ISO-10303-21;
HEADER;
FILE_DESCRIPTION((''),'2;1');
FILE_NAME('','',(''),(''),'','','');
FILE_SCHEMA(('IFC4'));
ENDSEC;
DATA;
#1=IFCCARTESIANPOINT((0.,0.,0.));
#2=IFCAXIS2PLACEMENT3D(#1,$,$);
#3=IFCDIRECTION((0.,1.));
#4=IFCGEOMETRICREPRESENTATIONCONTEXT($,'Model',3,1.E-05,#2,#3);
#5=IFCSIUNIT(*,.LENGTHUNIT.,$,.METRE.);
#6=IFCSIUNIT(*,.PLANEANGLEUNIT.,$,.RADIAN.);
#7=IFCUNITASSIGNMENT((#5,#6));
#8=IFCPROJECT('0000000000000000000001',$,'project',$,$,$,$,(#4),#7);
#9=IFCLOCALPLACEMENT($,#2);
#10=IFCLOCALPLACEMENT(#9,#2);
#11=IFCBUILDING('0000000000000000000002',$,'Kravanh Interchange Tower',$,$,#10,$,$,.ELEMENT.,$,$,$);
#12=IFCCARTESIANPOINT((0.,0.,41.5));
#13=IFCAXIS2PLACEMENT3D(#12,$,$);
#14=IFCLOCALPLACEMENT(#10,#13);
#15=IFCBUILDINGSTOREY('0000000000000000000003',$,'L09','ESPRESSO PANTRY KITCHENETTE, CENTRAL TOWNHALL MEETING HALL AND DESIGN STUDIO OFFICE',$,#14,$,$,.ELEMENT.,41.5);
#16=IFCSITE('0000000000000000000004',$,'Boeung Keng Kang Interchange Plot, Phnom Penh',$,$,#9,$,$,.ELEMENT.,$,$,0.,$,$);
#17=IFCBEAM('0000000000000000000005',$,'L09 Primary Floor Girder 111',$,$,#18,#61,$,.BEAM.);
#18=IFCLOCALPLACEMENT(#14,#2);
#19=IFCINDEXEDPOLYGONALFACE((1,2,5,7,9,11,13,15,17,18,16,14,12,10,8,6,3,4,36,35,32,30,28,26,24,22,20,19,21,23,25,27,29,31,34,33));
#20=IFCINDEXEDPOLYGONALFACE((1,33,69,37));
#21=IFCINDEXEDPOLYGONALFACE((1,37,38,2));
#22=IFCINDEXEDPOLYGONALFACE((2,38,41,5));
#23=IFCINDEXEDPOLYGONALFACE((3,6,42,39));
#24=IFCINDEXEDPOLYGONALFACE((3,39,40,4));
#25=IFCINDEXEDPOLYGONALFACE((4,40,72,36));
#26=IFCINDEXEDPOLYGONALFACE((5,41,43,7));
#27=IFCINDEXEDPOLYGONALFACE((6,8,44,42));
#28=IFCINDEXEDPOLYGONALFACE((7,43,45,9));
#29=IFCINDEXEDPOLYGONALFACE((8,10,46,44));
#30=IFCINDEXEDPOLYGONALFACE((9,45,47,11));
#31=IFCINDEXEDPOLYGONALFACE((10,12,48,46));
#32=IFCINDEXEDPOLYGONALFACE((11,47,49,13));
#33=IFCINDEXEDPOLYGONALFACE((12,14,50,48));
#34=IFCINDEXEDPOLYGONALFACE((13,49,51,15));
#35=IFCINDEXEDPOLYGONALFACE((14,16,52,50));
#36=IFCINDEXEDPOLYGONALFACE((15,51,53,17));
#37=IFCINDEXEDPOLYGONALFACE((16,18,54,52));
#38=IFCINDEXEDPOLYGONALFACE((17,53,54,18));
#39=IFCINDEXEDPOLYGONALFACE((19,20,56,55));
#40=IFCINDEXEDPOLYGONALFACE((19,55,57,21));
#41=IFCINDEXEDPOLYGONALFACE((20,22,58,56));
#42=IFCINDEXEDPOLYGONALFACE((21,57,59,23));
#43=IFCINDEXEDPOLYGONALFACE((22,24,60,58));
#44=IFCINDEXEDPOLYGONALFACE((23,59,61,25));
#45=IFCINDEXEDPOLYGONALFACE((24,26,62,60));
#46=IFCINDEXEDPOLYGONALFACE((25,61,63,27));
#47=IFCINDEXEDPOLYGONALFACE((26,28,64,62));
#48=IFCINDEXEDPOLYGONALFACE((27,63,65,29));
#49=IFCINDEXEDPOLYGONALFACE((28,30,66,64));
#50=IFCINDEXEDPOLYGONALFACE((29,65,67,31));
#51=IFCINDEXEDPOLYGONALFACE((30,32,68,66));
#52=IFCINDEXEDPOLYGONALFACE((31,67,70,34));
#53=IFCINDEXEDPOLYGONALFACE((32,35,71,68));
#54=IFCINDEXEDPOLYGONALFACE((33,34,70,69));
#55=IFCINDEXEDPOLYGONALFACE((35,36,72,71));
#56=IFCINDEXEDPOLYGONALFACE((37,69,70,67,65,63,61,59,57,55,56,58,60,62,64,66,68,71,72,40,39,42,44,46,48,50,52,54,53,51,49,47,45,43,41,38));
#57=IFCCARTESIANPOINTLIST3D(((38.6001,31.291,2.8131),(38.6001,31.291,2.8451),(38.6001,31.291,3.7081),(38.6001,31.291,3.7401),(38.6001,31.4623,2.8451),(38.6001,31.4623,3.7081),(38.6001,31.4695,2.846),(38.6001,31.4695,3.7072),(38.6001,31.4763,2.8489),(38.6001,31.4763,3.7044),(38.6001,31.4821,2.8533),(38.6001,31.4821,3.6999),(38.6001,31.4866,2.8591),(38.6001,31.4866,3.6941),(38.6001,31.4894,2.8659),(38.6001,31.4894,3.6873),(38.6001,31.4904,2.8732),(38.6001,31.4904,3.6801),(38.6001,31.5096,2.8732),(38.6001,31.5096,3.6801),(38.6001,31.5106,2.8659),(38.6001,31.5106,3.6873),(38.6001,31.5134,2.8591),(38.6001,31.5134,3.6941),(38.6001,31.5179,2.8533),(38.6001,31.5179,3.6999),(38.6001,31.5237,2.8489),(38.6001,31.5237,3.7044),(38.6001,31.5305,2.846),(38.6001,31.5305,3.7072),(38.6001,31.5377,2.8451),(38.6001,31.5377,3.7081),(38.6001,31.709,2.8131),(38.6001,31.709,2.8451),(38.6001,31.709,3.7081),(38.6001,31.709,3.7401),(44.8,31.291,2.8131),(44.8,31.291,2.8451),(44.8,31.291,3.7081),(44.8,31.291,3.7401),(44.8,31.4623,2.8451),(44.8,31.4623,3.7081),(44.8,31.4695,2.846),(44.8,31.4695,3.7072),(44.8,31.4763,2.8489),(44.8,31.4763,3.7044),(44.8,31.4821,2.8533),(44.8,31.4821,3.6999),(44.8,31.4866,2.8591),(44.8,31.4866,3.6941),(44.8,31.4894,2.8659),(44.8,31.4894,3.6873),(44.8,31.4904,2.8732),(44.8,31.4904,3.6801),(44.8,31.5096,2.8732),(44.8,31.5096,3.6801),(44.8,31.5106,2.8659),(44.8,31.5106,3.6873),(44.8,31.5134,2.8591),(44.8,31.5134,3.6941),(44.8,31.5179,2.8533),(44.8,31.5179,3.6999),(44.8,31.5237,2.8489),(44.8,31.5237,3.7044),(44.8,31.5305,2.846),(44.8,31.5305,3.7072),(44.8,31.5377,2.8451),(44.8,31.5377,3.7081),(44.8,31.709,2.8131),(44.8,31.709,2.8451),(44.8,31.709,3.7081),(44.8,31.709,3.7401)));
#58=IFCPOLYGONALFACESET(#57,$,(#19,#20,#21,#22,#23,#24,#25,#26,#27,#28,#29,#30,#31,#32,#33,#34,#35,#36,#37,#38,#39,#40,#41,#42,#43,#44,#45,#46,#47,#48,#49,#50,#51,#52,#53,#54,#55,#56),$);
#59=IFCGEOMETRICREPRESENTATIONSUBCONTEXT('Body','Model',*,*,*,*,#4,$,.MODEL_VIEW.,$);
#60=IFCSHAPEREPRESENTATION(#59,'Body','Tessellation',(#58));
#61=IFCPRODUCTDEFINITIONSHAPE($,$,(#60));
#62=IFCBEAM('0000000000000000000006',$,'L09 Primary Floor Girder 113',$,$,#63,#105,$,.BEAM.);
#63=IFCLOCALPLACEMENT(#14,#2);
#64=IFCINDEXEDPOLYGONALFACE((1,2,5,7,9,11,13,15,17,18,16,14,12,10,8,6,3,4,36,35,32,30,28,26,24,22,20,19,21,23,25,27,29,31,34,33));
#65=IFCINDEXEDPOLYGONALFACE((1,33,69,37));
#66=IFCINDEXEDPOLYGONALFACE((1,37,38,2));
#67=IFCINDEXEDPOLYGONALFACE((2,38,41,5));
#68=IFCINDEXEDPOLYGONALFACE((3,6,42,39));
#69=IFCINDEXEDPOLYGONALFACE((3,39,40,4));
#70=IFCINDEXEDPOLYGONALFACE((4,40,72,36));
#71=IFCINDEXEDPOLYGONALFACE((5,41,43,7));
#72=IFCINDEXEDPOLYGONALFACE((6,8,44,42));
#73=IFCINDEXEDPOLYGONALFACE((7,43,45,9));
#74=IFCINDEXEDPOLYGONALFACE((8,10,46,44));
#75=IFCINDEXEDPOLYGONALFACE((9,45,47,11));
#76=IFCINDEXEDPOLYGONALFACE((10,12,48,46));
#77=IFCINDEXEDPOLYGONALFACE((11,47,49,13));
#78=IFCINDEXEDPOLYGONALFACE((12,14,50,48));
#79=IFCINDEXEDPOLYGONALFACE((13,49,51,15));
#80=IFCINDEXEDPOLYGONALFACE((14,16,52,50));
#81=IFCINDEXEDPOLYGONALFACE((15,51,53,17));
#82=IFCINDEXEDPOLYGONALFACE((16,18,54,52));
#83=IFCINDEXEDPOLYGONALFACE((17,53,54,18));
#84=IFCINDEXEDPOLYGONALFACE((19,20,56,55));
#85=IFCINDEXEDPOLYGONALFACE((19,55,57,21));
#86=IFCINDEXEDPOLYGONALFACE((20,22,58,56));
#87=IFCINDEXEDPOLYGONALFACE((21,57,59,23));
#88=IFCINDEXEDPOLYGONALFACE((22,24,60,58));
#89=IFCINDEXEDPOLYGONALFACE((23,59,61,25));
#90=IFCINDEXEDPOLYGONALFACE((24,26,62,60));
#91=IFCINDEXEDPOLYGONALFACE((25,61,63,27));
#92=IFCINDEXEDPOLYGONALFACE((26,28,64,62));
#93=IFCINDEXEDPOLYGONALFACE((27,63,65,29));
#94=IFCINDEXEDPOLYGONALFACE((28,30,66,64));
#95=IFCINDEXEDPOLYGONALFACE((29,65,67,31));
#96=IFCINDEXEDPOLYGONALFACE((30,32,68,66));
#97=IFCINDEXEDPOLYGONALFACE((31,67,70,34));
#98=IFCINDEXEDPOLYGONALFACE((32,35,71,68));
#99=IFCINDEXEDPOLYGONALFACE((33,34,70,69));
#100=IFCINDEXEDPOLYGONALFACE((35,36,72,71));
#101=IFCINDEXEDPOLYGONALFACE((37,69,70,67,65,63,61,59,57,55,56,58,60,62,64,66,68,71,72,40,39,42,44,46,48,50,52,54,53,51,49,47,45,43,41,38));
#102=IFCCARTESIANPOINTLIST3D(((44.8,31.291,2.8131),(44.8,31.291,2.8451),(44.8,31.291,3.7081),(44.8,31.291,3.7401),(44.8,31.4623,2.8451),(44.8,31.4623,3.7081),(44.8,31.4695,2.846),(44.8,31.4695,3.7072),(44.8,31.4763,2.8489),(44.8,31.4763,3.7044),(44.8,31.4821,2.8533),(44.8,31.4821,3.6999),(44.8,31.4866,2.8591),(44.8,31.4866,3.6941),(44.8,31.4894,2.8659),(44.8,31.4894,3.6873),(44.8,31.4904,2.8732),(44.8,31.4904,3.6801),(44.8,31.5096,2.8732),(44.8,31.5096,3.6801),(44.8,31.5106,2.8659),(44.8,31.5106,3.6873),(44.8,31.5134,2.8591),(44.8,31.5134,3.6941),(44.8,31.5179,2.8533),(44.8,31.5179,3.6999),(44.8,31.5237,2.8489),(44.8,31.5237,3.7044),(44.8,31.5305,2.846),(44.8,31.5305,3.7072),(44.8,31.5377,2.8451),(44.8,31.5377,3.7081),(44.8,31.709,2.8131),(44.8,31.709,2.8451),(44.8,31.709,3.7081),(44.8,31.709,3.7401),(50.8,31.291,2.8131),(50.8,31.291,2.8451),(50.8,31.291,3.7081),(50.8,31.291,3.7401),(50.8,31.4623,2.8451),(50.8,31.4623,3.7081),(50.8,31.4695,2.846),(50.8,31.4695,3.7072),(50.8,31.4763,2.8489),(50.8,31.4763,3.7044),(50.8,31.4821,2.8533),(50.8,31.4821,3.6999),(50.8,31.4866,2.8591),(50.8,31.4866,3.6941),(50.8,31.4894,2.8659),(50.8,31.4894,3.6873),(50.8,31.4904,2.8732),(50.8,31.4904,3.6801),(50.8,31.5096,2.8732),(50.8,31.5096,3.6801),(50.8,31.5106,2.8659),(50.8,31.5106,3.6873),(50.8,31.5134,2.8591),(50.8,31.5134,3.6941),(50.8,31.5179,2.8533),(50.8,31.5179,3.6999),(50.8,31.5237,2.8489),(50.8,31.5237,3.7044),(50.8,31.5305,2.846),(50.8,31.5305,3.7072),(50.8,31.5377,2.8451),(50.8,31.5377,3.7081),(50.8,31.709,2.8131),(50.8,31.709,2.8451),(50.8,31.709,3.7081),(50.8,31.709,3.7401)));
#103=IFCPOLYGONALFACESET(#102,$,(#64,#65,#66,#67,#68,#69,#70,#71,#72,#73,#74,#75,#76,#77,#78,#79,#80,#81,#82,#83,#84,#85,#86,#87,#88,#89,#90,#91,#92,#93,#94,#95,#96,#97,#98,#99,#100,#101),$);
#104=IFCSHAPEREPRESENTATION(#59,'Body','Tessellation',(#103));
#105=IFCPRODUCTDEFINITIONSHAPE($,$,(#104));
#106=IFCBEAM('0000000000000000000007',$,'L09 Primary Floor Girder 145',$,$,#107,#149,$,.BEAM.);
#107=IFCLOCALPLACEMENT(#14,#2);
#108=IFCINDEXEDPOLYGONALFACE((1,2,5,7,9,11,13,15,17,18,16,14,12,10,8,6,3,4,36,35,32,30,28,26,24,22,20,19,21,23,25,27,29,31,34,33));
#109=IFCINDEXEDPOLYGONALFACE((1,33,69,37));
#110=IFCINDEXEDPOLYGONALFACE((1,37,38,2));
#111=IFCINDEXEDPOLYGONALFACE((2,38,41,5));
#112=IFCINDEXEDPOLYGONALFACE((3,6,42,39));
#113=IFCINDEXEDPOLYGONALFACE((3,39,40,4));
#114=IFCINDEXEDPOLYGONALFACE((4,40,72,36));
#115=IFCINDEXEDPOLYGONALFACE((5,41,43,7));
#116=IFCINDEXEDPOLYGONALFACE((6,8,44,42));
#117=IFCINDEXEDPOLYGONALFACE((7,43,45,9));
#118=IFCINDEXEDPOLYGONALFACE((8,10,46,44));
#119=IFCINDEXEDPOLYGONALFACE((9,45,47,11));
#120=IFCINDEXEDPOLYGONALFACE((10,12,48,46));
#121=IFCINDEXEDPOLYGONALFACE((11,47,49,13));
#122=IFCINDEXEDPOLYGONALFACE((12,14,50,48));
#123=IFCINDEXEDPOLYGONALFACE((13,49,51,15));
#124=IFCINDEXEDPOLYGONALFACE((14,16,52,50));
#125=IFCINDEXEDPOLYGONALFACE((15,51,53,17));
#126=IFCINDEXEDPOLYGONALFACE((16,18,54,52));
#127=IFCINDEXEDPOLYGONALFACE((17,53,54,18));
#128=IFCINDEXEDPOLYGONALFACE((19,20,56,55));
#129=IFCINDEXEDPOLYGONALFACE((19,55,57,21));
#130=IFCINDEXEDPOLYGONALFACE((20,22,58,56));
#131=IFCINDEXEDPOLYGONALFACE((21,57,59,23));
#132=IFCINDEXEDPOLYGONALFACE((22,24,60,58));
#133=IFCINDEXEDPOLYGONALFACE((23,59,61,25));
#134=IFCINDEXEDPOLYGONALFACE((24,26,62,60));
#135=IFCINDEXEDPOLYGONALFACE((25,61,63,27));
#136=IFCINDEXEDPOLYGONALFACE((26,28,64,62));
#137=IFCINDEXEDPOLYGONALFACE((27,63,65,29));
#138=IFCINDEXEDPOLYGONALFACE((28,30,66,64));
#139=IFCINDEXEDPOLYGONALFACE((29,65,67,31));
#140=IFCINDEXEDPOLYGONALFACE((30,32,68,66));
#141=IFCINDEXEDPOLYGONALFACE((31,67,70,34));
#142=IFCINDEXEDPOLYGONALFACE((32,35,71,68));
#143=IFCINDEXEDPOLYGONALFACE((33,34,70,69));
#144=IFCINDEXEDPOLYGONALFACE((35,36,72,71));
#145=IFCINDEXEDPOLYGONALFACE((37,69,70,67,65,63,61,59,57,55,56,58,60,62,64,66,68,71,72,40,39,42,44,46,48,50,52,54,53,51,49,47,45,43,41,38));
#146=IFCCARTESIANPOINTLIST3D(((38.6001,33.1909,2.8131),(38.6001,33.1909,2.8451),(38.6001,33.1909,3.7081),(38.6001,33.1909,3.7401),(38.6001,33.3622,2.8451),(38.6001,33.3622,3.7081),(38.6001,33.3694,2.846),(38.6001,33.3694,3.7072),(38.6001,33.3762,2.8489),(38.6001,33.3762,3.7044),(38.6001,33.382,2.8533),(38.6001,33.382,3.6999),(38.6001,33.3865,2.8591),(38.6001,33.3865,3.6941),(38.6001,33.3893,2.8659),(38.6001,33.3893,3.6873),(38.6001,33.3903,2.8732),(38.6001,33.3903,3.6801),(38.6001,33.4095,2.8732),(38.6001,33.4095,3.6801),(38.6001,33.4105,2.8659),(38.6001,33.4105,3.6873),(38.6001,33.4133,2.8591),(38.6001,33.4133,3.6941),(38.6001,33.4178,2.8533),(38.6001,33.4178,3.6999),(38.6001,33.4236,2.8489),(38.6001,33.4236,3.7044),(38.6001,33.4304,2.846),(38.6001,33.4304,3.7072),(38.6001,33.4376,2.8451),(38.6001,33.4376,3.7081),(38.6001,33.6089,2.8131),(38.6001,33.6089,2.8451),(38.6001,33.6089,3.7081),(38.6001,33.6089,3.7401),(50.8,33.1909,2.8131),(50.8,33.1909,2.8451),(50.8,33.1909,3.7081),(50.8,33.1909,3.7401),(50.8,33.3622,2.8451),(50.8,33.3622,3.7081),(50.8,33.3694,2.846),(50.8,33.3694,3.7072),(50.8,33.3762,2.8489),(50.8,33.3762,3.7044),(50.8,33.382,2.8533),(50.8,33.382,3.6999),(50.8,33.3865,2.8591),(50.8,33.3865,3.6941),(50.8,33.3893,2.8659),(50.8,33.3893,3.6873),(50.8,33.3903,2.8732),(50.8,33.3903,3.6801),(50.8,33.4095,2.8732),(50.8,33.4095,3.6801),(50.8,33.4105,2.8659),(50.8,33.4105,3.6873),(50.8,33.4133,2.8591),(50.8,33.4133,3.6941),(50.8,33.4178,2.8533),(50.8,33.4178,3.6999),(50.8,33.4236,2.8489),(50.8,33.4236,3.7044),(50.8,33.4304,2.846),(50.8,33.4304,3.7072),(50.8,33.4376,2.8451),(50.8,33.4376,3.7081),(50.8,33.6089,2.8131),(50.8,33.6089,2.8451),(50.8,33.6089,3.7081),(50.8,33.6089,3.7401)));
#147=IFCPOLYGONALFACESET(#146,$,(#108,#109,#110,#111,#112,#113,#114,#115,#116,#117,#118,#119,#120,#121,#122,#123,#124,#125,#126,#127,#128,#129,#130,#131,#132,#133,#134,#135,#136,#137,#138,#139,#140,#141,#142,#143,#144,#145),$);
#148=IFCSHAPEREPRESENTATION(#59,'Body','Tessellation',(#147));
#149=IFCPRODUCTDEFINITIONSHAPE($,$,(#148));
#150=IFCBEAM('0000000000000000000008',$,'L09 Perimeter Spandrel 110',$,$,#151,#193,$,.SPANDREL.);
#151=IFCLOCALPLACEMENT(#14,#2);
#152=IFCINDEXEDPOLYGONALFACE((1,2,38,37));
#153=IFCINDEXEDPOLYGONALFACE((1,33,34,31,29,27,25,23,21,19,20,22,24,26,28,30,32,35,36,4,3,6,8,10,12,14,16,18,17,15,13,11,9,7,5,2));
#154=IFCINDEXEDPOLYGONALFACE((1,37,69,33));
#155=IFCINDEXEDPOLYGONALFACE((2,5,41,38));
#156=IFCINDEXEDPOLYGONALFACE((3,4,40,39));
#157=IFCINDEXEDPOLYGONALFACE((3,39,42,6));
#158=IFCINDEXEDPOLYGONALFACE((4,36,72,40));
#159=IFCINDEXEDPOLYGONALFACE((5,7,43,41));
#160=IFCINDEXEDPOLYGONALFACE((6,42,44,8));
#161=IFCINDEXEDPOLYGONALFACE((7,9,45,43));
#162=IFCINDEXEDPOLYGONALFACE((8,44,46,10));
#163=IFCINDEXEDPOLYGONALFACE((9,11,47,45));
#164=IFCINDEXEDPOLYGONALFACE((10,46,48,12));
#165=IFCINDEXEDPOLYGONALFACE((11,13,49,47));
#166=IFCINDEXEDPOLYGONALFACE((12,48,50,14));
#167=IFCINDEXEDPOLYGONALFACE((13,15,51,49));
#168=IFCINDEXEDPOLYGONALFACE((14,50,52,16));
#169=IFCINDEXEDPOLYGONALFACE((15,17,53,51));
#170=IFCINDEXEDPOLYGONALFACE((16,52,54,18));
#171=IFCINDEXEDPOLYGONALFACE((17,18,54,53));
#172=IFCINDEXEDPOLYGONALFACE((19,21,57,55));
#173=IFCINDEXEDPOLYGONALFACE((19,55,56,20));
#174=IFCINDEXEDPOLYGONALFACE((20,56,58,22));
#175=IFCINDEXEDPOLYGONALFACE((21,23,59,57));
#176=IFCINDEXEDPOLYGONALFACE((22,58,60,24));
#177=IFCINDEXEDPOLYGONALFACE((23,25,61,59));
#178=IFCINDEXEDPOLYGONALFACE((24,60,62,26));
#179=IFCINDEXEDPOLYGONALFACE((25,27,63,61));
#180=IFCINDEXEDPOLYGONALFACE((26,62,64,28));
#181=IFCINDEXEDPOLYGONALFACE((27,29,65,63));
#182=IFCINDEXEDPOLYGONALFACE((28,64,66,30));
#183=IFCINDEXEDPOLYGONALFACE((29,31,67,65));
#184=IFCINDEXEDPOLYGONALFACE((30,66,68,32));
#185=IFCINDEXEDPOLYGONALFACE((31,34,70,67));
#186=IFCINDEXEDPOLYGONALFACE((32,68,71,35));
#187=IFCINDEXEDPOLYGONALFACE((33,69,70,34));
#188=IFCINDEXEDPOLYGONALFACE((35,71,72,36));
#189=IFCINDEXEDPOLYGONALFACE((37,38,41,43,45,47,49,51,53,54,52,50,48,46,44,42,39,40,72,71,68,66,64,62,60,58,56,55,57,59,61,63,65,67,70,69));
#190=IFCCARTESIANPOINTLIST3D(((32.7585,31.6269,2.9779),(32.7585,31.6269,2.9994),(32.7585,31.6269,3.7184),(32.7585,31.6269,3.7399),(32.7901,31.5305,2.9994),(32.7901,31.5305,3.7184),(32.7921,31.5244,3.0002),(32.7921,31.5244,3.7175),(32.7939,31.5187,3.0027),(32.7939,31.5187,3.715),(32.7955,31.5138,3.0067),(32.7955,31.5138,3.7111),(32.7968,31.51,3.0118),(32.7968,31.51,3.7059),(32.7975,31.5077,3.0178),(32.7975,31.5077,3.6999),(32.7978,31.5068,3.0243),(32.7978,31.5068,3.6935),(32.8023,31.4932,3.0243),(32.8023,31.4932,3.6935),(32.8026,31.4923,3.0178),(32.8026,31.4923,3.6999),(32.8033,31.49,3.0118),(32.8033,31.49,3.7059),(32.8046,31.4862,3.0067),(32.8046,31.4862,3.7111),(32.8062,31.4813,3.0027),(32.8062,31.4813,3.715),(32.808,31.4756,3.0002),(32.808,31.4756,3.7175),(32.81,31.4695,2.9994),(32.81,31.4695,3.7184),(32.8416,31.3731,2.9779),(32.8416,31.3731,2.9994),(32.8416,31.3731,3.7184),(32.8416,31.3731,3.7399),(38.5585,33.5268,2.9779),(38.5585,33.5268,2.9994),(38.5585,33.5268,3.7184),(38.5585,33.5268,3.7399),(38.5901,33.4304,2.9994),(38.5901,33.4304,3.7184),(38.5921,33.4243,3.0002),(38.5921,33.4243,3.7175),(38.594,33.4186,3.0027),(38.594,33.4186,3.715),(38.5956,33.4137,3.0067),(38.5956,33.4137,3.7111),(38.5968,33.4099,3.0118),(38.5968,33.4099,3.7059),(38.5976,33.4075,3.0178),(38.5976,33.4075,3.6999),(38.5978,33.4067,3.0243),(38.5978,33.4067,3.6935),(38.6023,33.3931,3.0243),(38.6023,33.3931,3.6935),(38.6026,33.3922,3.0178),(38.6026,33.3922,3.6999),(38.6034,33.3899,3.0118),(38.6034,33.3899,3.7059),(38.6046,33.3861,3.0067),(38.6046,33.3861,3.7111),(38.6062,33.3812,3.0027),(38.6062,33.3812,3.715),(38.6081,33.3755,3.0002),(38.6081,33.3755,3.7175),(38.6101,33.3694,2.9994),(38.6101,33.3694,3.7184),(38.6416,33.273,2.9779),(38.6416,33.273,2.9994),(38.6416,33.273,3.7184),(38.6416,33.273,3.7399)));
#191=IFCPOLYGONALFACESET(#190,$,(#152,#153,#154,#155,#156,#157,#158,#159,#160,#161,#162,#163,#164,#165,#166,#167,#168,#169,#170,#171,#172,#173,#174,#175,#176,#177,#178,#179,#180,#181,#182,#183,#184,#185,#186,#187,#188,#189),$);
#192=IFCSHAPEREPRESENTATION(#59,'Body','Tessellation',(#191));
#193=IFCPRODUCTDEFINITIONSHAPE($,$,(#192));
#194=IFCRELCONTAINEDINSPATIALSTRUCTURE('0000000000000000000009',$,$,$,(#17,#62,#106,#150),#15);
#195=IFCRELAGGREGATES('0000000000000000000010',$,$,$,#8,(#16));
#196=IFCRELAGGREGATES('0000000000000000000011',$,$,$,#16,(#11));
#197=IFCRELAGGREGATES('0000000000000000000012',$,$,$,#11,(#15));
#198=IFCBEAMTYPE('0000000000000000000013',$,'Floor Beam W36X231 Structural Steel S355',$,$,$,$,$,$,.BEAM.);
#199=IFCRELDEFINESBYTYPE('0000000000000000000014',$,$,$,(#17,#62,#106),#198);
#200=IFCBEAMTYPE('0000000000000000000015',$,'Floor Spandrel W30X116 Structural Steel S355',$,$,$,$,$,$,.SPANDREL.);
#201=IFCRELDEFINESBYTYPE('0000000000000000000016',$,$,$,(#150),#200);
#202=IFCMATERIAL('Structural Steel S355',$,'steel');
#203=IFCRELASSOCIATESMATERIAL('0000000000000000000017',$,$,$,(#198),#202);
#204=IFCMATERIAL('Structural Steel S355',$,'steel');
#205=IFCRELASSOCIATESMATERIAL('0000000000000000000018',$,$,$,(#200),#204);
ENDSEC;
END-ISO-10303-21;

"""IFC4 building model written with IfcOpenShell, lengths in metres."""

from ifc_helpers import new_model, si_unit, direction, frame, origin, origin_2d, place, context, subcontext, project, spatial, i_section, extrude, material, material_profile, profile_set, type_object, element, save


model = new_model("IFC4")

# Units and contexts
model_context = context("Model", 3, precision=1e-05, world=origin(), true_north=direction((0.0, 1.0)))
body_context = subcontext(model_context, "Body", "Model", "MODEL_VIEW")
ifc_project = project(units=[si_unit("LENGTHUNIT", "METRE"), si_unit("PLANEANGLEUNIT", "RADIAN")], contexts=[model_context])

# Site, building, storey
site_placement = place(None, origin())
site = spatial("IfcSite", under=ifc_project, at=site_placement, Name="Boeung Keng Kang Interchange Plot, Phnom Penh", CompositionType="ELEMENT", RefElevation=0.0)
building_placement = place(site_placement, origin())
building = spatial("IfcBuilding", under=site, at=building_placement, Name="Kravanh Interchange Tower", CompositionType="ELEMENT")
storey_placement = place(building_placement, frame((0.0, 0.0, 41.5)))
storey = spatial("IfcBuildingStorey", under=building, at=storey_placement, Name="L09", Description="ESPRESSO PANTRY KITCHENETTE, CENTRAL TOWNHALL MEETING HALL AND DESIGN STUDIO OFFICE", CompositionType="ELEMENT", Elevation=41.5)

# Beams
ifc_material_1 = material(Name="Structural Steel S355", Category="steel")
ifc_material_profile_1 = material_profile(ifc_material_1, i_section(OverallWidth=0.418, OverallDepth=0.927, WebThickness=0.0193, FlangeThickness=0.032, FilletRadius=0.0281, at=origin_2d()), Name="W36X231")
ifc_profile_set_1 = profile_set([ifc_material_profile_1], Name="Structural Steel S355")
beam_type_1 = type_object("IfcBeamType", Name="Floor Beam W36X231 Structural Steel S355", PredefinedType="BEAM", material=ifc_profile_set_1)
beam_1_placement = place(storey_placement, frame((38.6001, 31.5, 3.2766), z_axis=(1.0, 0.0, 0.0), x_axis=(0.0, 1.0, 0.0)))
element("IfcBeam", 1, at=beam_1_placement, inside=storey, type_object=beam_type_1, Name="L09 Primary Floor Girder 111", PredefinedType="BEAM", context=body_context, shape_type="SweptSolid", body=[
    extrude(i_section(OverallWidth=0.418, OverallDepth=0.927, WebThickness=0.0193, FlangeThickness=0.032, FilletRadius=0.0281, at=origin_2d()), origin(), (0.0, 0.0, 1.0), 6.2),
])
beam_2_placement = place(storey_placement, frame((44.8, 31.5, 3.2766), z_axis=(1.0, 0.0, 0.0), x_axis=(0.0, 1.0, 0.0)))
element("IfcBeam", 2, at=beam_2_placement, inside=storey, type_object=beam_type_1, Name="L09 Primary Floor Girder 113", PredefinedType="BEAM", context=body_context, shape_type="SweptSolid", body=[
    extrude(i_section(OverallWidth=0.418, OverallDepth=0.927, WebThickness=0.0193, FlangeThickness=0.032, FilletRadius=0.0281, at=origin_2d()), origin(), (0.0, 0.0, 1.0), 6.0),
])
beam_3_placement = place(storey_placement, frame((38.6001, 33.3999, 3.2766), z_axis=(1.0, 0.0, 0.0), x_axis=(0.0, 1.0, 0.0)))
element("IfcBeam", 3, at=beam_3_placement, inside=storey, type_object=beam_type_1, Name="L09 Primary Floor Girder 145", PredefinedType="BEAM", context=body_context, shape_type="SweptSolid", body=[
    extrude(i_section(OverallWidth=0.418, OverallDepth=0.927, WebThickness=0.0193, FlangeThickness=0.032, FilletRadius=0.0281, at=origin_2d()), origin(), (0.0, 0.0, 1.0), 12.2),
])
ifc_material_2 = material(Name="Structural Steel S355", Category="steel")
ifc_material_profile_2 = material_profile(ifc_material_2, i_section(OverallWidth=0.2671, OverallDepth=0.762, WebThickness=0.0144, FlangeThickness=0.0215, FilletRadius=0.0249, at=origin_2d()), Name="W30X116")
ifc_profile_set_2 = profile_set([ifc_material_profile_2], Name="Structural Steel S355")
beam_type_2 = type_object("IfcBeamType", Name="Floor Spandrel W30X116 Structural Steel S355", PredefinedType="SPANDREL", material=ifc_profile_set_2)
beam_4_placement = place(storey_placement, frame((32.8, 31.5, 3.3589), z_axis=(0.950315, 0.311291, 0.0), x_axis=(-0.311291, 0.950315, 0.0)))
element("IfcBeam", 4, at=beam_4_placement, inside=storey, type_object=beam_type_2, Name="L09 Perimeter Spandrel 110", PredefinedType="SPANDREL", context=body_context, shape_type="SweptSolid", body=[
    extrude(i_section(OverallWidth=0.2671, OverallDepth=0.762, WebThickness=0.0144, FlangeThickness=0.0215, FilletRadius=0.0249, at=origin_2d()), origin(), (0.0, 0.0, 1.0), 6.1033),
])

save(model, "model.ifc")
